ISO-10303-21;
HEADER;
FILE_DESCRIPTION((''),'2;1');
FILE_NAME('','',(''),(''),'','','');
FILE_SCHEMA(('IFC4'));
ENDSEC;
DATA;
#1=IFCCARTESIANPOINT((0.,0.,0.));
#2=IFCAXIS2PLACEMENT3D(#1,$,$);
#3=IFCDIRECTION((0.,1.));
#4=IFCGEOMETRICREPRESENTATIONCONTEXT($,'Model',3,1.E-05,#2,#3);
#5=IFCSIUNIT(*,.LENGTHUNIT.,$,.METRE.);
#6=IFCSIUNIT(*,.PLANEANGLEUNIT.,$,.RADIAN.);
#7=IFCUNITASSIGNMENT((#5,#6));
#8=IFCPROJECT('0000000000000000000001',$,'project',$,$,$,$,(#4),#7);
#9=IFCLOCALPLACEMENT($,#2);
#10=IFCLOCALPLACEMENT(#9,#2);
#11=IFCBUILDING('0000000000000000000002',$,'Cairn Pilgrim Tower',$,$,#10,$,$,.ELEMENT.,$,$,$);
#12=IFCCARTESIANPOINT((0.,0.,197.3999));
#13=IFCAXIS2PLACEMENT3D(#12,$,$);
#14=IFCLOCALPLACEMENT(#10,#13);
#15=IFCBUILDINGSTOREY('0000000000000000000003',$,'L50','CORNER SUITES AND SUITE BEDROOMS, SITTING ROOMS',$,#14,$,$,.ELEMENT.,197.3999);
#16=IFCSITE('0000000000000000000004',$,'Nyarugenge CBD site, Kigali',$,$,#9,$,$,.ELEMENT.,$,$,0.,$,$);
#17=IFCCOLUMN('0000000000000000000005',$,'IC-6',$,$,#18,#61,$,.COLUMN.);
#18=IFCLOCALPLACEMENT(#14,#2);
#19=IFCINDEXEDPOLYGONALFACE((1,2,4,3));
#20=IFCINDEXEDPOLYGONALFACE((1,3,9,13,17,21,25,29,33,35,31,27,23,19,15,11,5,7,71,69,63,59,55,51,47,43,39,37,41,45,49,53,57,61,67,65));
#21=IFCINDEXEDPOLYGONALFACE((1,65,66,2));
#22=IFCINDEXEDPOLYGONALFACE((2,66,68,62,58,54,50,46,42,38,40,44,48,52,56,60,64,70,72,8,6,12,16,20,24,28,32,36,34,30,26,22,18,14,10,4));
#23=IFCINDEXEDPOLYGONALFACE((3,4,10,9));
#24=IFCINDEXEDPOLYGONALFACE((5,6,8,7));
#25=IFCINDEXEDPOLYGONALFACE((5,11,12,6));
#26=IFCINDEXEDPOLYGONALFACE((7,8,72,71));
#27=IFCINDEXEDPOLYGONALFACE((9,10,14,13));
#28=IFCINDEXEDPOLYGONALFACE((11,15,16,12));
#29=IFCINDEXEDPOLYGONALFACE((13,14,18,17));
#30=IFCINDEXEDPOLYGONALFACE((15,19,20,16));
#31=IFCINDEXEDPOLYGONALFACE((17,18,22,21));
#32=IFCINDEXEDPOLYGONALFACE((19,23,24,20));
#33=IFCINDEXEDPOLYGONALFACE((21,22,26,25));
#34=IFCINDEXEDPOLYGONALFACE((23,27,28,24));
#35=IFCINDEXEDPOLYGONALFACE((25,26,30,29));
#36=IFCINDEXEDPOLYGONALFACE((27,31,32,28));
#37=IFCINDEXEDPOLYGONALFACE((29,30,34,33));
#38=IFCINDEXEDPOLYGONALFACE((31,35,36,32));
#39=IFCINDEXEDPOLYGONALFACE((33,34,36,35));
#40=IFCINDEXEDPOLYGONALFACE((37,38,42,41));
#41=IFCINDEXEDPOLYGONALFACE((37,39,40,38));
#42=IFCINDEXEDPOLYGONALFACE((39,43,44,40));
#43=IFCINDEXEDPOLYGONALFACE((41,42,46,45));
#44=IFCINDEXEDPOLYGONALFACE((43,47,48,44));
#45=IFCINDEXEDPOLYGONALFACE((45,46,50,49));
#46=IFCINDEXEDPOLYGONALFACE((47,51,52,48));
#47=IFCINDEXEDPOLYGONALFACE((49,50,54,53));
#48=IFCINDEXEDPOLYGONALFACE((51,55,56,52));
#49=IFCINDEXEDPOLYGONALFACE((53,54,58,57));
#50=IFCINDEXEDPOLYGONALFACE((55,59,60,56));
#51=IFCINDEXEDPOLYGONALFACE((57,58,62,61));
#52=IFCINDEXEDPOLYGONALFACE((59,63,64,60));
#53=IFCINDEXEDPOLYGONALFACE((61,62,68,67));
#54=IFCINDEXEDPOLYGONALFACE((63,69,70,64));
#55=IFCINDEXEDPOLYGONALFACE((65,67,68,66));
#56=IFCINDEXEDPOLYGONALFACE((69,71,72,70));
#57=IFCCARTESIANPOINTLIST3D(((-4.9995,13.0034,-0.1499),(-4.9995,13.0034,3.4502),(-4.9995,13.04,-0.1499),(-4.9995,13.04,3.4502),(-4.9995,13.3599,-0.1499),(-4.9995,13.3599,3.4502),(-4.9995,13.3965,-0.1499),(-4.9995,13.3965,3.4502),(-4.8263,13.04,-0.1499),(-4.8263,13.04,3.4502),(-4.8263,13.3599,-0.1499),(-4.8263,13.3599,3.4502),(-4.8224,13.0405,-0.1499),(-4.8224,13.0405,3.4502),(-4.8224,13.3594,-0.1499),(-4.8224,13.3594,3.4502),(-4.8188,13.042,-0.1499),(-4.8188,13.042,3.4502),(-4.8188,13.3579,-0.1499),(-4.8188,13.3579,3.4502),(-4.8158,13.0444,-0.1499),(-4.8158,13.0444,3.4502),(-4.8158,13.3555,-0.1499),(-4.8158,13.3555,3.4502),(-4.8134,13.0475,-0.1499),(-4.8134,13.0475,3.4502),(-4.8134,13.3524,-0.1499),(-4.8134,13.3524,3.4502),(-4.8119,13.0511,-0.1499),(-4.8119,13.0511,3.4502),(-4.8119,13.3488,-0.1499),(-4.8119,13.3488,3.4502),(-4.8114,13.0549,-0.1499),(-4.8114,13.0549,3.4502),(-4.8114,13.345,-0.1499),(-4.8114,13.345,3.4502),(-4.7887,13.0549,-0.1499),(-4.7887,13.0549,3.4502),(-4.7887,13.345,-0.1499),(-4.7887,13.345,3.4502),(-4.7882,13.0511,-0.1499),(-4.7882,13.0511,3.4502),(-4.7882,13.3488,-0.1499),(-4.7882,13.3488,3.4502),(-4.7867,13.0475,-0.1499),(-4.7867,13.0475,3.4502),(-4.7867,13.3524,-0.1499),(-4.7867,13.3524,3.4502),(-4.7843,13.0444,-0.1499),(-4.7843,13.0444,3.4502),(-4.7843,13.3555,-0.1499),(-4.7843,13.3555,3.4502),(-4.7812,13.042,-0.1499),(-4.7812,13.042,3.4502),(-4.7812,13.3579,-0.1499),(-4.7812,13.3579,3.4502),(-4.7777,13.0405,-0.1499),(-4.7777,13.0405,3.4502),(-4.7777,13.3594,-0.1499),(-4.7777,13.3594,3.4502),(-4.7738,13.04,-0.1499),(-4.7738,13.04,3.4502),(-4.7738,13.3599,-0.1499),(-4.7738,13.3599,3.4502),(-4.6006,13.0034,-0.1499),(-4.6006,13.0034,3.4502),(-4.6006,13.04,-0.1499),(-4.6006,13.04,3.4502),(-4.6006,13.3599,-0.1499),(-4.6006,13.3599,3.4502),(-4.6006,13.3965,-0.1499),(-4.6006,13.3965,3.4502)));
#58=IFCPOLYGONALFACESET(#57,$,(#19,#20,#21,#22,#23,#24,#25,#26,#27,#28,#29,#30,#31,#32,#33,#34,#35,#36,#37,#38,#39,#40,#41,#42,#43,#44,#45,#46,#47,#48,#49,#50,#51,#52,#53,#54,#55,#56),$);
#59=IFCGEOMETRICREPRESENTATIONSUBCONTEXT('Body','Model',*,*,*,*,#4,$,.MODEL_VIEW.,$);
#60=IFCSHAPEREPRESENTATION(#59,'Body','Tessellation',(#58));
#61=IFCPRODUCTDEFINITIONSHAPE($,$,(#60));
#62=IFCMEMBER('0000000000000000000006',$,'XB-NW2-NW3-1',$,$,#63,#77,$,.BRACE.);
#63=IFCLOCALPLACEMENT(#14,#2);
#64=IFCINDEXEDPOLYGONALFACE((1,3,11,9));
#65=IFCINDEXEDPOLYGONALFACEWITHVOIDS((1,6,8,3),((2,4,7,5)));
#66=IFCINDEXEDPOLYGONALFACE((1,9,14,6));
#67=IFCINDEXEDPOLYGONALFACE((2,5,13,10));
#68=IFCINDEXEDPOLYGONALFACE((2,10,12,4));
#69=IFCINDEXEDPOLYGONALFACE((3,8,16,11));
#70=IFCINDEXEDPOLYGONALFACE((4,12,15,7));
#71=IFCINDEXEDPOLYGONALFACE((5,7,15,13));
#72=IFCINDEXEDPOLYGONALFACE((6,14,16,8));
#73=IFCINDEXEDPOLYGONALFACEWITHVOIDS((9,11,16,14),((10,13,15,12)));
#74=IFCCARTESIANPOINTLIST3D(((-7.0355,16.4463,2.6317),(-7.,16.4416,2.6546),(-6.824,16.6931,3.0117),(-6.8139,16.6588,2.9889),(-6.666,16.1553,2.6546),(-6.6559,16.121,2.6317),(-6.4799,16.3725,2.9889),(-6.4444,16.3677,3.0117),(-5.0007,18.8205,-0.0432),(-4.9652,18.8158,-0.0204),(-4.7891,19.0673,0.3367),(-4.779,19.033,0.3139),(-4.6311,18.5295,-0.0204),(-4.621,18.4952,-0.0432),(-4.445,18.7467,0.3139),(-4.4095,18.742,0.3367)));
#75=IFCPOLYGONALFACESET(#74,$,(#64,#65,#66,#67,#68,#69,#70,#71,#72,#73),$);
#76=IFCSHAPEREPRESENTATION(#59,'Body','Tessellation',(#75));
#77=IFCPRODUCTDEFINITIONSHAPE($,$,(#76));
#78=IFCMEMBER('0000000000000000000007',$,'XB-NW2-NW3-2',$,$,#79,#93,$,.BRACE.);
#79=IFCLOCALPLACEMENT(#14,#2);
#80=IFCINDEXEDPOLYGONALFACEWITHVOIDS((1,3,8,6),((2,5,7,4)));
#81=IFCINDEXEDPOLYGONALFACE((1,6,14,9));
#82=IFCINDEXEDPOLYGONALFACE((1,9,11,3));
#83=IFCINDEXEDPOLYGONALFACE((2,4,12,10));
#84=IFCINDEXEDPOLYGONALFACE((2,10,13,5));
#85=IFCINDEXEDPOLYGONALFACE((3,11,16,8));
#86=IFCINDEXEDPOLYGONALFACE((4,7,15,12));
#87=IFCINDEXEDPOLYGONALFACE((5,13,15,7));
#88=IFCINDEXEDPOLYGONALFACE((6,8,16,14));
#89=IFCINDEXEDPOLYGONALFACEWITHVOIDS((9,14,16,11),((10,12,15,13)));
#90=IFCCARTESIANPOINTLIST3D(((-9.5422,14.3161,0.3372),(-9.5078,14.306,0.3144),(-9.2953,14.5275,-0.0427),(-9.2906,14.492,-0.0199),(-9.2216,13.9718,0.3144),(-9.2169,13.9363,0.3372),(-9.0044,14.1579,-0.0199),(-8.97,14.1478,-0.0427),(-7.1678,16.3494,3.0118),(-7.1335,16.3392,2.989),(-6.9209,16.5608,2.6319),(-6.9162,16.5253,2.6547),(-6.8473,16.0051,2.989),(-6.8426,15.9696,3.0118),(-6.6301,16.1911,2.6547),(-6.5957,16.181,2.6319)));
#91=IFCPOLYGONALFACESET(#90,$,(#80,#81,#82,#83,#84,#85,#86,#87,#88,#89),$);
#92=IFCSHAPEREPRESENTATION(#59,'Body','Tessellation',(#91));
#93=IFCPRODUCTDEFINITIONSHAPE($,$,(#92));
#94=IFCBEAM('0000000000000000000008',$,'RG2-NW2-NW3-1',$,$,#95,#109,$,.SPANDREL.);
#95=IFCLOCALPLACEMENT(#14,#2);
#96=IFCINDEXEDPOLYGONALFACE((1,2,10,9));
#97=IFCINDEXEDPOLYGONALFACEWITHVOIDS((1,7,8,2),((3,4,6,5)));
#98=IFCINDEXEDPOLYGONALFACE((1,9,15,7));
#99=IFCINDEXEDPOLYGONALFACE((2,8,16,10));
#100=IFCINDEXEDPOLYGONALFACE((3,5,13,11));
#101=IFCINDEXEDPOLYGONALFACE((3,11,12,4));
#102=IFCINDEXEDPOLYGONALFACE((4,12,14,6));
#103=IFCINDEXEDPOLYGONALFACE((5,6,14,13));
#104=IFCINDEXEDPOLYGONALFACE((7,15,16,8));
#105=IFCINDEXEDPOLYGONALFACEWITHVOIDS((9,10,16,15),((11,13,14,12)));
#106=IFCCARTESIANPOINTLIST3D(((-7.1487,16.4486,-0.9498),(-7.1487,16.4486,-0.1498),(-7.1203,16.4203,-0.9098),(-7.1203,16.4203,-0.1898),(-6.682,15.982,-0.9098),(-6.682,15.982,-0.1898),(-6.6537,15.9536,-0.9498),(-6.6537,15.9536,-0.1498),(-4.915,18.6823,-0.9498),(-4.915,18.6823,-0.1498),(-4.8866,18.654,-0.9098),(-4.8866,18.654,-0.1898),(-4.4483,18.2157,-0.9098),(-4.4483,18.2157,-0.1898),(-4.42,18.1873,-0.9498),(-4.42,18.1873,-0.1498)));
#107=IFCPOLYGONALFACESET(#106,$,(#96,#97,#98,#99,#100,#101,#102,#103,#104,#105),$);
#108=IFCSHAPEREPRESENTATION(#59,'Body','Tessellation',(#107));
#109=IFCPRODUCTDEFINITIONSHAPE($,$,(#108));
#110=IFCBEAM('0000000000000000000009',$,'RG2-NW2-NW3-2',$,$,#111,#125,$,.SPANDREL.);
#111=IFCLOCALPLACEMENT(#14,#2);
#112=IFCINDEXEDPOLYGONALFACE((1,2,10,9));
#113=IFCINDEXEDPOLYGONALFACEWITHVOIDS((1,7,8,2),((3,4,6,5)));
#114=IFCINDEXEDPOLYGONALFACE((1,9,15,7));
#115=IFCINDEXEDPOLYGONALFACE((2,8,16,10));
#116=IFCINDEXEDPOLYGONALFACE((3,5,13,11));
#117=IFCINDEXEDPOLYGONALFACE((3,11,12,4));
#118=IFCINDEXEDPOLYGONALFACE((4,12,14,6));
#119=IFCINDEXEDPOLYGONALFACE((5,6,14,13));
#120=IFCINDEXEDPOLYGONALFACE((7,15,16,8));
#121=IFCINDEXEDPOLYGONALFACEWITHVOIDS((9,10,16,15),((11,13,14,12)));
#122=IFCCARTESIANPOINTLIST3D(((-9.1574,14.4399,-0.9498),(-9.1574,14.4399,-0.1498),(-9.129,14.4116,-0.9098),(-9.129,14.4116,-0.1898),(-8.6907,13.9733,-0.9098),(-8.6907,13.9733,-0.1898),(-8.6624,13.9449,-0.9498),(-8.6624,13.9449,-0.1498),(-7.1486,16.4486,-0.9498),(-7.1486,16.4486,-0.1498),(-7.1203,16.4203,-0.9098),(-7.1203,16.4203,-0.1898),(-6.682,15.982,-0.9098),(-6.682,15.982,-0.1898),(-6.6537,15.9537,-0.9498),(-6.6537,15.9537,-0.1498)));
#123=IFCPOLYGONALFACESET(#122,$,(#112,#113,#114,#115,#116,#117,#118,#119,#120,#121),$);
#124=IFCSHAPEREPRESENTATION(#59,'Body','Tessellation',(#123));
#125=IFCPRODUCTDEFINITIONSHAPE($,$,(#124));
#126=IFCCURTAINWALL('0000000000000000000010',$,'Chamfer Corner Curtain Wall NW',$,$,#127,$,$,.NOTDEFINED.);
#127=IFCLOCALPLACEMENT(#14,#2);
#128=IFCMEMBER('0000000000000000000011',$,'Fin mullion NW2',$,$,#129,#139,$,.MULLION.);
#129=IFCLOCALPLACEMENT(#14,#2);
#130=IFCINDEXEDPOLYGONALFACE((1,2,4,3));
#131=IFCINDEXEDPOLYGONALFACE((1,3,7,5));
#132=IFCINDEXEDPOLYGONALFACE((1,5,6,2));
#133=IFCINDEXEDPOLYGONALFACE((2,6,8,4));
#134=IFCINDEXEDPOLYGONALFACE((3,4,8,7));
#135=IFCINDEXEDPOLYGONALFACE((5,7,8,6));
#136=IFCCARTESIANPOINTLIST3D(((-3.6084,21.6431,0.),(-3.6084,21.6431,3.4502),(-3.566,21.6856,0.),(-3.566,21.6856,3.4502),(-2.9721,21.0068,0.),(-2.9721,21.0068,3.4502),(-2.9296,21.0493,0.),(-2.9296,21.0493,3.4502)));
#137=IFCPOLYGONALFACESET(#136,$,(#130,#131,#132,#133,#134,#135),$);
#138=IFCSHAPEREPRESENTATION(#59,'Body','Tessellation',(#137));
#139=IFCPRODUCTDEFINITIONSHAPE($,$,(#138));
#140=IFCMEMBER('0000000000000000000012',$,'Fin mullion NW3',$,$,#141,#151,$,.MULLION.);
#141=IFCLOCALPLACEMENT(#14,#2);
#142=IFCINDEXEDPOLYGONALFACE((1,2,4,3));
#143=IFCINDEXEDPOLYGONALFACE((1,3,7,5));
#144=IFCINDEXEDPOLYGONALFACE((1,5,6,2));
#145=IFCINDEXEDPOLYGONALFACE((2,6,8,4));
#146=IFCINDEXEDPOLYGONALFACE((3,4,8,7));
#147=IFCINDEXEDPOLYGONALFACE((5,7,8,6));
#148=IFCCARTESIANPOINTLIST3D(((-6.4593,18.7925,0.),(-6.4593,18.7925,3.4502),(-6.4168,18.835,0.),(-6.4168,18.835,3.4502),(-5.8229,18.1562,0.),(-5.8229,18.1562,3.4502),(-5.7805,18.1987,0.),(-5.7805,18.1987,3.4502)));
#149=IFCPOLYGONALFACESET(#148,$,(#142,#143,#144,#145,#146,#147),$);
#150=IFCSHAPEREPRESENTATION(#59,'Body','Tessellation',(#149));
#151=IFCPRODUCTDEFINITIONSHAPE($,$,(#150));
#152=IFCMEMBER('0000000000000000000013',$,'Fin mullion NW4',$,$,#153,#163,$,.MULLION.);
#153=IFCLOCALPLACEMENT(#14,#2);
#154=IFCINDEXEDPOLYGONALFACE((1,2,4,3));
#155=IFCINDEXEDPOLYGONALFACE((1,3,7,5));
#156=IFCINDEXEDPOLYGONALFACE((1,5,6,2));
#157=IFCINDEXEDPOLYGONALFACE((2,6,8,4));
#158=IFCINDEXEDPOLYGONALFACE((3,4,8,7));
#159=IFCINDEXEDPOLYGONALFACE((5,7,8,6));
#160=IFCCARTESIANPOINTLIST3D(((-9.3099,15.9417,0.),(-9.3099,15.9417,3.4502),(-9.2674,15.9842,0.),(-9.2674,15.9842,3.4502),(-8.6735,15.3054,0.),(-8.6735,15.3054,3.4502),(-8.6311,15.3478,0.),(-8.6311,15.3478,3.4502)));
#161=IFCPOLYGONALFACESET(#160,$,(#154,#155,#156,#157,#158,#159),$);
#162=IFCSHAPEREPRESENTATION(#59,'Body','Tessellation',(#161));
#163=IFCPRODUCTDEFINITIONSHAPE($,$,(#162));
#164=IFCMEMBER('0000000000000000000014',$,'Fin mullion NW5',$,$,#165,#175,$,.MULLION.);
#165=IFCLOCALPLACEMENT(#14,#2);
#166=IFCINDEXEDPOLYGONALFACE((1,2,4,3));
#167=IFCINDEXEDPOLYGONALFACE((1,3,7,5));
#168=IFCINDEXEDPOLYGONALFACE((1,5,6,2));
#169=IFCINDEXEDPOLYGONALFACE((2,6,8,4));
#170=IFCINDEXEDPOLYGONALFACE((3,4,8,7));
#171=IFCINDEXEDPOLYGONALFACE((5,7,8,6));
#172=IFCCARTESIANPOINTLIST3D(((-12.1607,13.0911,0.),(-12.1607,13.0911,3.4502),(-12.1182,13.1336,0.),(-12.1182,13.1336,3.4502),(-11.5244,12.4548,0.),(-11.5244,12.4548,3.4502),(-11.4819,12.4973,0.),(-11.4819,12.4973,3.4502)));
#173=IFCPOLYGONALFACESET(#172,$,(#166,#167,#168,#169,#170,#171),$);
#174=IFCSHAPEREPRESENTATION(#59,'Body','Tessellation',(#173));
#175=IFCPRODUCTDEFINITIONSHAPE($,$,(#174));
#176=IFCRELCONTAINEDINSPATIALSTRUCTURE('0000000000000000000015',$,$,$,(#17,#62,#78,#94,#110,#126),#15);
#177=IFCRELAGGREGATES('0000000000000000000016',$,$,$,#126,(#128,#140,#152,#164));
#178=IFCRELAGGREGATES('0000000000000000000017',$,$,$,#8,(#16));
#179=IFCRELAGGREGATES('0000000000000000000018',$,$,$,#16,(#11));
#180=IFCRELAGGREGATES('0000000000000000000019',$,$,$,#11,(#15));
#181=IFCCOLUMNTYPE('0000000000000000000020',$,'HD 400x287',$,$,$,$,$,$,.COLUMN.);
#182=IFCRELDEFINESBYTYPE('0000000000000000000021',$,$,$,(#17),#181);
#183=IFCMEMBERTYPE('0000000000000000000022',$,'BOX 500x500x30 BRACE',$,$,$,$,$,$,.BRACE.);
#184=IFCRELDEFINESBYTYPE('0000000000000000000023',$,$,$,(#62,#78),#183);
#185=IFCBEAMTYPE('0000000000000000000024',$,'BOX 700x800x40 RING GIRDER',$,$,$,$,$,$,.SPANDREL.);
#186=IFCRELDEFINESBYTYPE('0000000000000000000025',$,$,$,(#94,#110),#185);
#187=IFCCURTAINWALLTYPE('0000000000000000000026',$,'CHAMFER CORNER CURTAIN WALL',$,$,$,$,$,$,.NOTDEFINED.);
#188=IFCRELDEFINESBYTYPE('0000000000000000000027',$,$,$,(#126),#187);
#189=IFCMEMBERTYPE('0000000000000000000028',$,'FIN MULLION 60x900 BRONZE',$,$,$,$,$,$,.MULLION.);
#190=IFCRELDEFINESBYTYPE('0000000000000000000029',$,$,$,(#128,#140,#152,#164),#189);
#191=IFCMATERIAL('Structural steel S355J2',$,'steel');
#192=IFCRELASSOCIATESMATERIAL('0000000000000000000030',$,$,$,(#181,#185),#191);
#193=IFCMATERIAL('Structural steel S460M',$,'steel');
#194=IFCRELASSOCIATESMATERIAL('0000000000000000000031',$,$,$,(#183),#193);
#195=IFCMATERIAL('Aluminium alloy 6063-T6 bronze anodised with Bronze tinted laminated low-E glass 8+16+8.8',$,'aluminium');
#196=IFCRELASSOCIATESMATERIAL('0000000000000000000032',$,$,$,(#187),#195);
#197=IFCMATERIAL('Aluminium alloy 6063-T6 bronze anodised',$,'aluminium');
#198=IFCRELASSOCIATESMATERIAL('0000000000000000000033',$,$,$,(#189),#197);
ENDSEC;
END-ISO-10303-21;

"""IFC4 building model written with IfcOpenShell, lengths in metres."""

from ifc_helpers import new_model, si_unit, direction, frame, origin, origin_2d, place, context, subcontext, project, spatial, rectangle, hollow_rectangle, i_section, extrude, material, material_profile, profile_set, type_object, element, aggregate, save


model = new_model("IFC4")

# Units and contexts
model_context = context("Model", 3, precision=1e-05, world=origin(), true_north=direction((0.0, 1.0)))
body_context = subcontext(model_context, "Body", "Model", "MODEL_VIEW")
ifc_project = project(units=[si_unit("LENGTHUNIT", "METRE"), si_unit("PLANEANGLEUNIT", "RADIAN")], contexts=[model_context])

# Site, building, storey
site_placement = place(None, origin())
site = spatial("IfcSite", under=ifc_project, at=site_placement, Name="Nyarugenge CBD site, Kigali", CompositionType="ELEMENT", RefElevation=0.0)
building_placement = place(site_placement, origin())
building = spatial("IfcBuilding", under=site, at=building_placement, Name="Cairn Pilgrim Tower", CompositionType="ELEMENT")
storey_placement = place(building_placement, frame((0.0, 0.0, 197.3999)))
storey = spatial("IfcBuildingStorey", under=building, at=storey_placement, Name="L50", Description="CORNER SUITES AND SUITE BEDROOMS, SITTING ROOMS", CompositionType="ELEMENT", Elevation=197.3999)

# Column
ifc_material_1 = material(Name="Structural steel S460M", Category="steel")
ifc_material_2 = material(Name="Structural steel S355J2", Category="steel")
ifc_material_profile_1 = material_profile(ifc_material_2, i_section(OverallWidth=0.3989, OverallDepth=0.3931, WebThickness=0.0227, FlangeThickness=0.0366, FilletRadius=0.0149, at=origin_2d()), Name="HD 400x287")
ifc_profile_set_1 = profile_set([ifc_material_profile_1], Name="Structural steel S355J2")
column_type_1 = type_object("IfcColumnType", Name="HD 400x287", PredefinedType="COLUMN", material=ifc_profile_set_1)
column_1_placement = place(storey_placement, frame((-4.8, 13.2, -0.1499), z_axis=(0.0, 0.0, 1.0), x_axis=(1.0, 0.0, 0.0)))
element("IfcColumn", 1, at=column_1_placement, inside=storey, type_object=column_type_1, Name="IC-6", PredefinedType="COLUMN", context=body_context, shape_type="SweptSolid", body=[
    extrude(i_section(OverallWidth=0.3989, OverallDepth=0.3931, WebThickness=0.0227, FlangeThickness=0.0366, FilletRadius=0.0149, at=origin_2d()), origin(), (0.0, 0.0, 1.0), 3.6001),
])

# Members
ifc_material_profile_2 = material_profile(ifc_material_1, hollow_rectangle(XDim=0.5, YDim=0.5, WallThickness=0.03, at=origin_2d()), Name="BOX 500x500x30")
ifc_profile_set_2 = profile_set([ifc_material_profile_2], Name="Structural steel S460M")
member_type_1 = type_object("IfcMemberType", Name="BOX 500x500x30 BRACE", PredefinedType="BRACE", material=ifc_profile_set_2)
member_1_placement = place(storey_placement, frame((-4.7051, 18.7812, 0.1467), z_axis=(-0.494501, -0.576967, 0.65006), x_axis=(0.759284, -0.650759, 0.0)))
element("IfcMember", 2, at=member_1_placement, inside=storey, type_object=member_type_1, Name="XB-NW2-NW3-1", PredefinedType="BRACE", context=body_context, shape_type="SweptSolid", body=[
    extrude(hollow_rectangle(XDim=0.5, YDim=0.5, WallThickness=0.03, at=origin_2d()), origin(), (0.0, 0.0, 1.0), 4.115),
])
member_2_placement = place(storey_placement, frame((-9.2561, 14.2319, 0.1472), z_axis=(0.57713, 0.494225, 0.650125), x_axis=(-0.650444, 0.759554, 0.0)))
element("IfcMember", 3, at=member_2_placement, inside=storey, type_object=member_type_1, Name="XB-NW2-NW3-2", PredefinedType="BRACE", context=body_context, shape_type="SweptSolid", body=[
    extrude(hollow_rectangle(XDim=0.5, YDim=0.5, WallThickness=0.03, at=origin_2d()), origin(), (0.0, 0.0, 1.0), 4.114),
])

# Beams
ifc_material_profile_3 = material_profile(ifc_material_2, hollow_rectangle(XDim=0.7, YDim=0.8, WallThickness=0.04, at=origin_2d()), Name="BOX 700x800x40")
ifc_profile_set_3 = profile_set([ifc_material_profile_3], Name="Structural steel S355J2")
beam_type_1 = type_object("IfcBeamType", Name="BOX 700x800x40 RING GIRDER", PredefinedType="SPANDREL", material=ifc_profile_set_3)
beam_1_placement = place(storey_placement, frame((-4.6675, 18.4348, -0.5498), z_axis=(-0.707107, -0.707107, 0.0), x_axis=(0.707107, -0.707107, 0.0)))
element("IfcBeam", 4, at=beam_1_placement, inside=storey, type_object=beam_type_1, Name="RG2-NW2-NW3-1", PredefinedType="SPANDREL", context=body_context, shape_type="SweptSolid", body=[
    extrude(hollow_rectangle(XDim=0.7, YDim=0.8, WallThickness=0.04, at=origin_2d()), origin(), (0.0, 0.0, 1.0), 3.1589),
])
beam_2_placement = place(storey_placement, frame((-6.9011, 16.2012, -0.5498), z_axis=(-0.707107, -0.707107, 0.0), x_axis=(0.707107, -0.707107, 0.0)))
element("IfcBeam", 5, at=beam_2_placement, inside=storey, type_object=beam_type_1, Name="RG2-NW2-NW3-2", PredefinedType="SPANDREL", context=body_context, shape_type="SweptSolid", body=[
    extrude(hollow_rectangle(XDim=0.7, YDim=0.8, WallThickness=0.04, at=origin_2d()), origin(), (0.0, 0.0, 1.0), 2.8408),
])

# Curtain wall, members
ifc_material_3 = material(Name="Aluminium alloy 6063-T6 bronze anodised with Bronze tinted laminated low-E glass 8+16+8.8", Category="aluminium")
curtain_wall_type = type_object("IfcCurtainWallType", Name="CHAMFER CORNER CURTAIN WALL", PredefinedType="NOTDEFINED", material=ifc_material_3)
curtain_wall_placement = place(storey_placement, origin())
curtain_wall = element("IfcCurtainWall", 6, at=curtain_wall_placement, inside=storey, type_object=curtain_wall_type, Name="Chamfer Corner Curtain Wall NW", PredefinedType="NOTDEFINED")
ifc_material_4 = material(Name="Aluminium alloy 6063-T6 bronze anodised", Category="aluminium")
ifc_material_profile_4 = material_profile(ifc_material_4, rectangle(XDim=0.8999, YDim=0.0601, at=origin_2d()), Name="FIN MULLION 60x900 BRONZE")
ifc_profile_set_4 = profile_set([ifc_material_profile_4], Name="Aluminium alloy 6063-T6 bronze anodised")
member_type_2 = type_object("IfcMemberType", Name="FIN MULLION 60x900 BRONZE", PredefinedType="MULLION", material=ifc_profile_set_4)
member_3_placement = place(storey_placement, frame((-3.269, 21.3462, 0.0), z_axis=(0.0, 0.0, 1.0), x_axis=(-0.707107, 0.707107, 0.0)))
member_3 = element("IfcMember", 7, at=member_3_placement, type_object=member_type_2, Name="Fin mullion NW2", PredefinedType="MULLION", context=body_context, shape_type="SweptSolid", body=[
    extrude(rectangle(XDim=0.8999, YDim=0.0601, at=origin_2d()), origin(), (0.0, 0.0, 1.0), 3.4502),
])
member_4_placement = place(storey_placement, frame((-6.1199, 18.4956, 0.0), z_axis=(0.0, 0.0, 1.0), x_axis=(-0.707107, 0.707107, 0.0)))
member_4 = element("IfcMember", 8, at=member_4_placement, type_object=member_type_2, Name="Fin mullion NW3", PredefinedType="MULLION", context=body_context, shape_type="SweptSolid", body=[
    extrude(rectangle(XDim=0.8999, YDim=0.0601, at=origin_2d()), origin(), (0.0, 0.0, 1.0), 3.4502),
])
member_5_placement = place(storey_placement, frame((-8.9705, 15.6448, 0.0), z_axis=(0.0, 0.0, 1.0), x_axis=(-0.707107, 0.707107, 0.0)))
member_5 = element("IfcMember", 9, at=member_5_placement, type_object=member_type_2, Name="Fin mullion NW4", PredefinedType="MULLION", context=body_context, shape_type="SweptSolid", body=[
    extrude(rectangle(XDim=0.8999, YDim=0.0601, at=origin_2d()), origin(), (0.0, 0.0, 1.0), 3.4502),
])
member_6_placement = place(storey_placement, frame((-11.8213, 12.7942, 0.0), z_axis=(0.0, 0.0, 1.0), x_axis=(-0.707107, 0.707107, 0.0)))
member_6 = element("IfcMember", 10, at=member_6_placement, type_object=member_type_2, Name="Fin mullion NW5", PredefinedType="MULLION", context=body_context, shape_type="SweptSolid", body=[
    extrude(rectangle(XDim=0.8999, YDim=0.0601, at=origin_2d()), origin(), (0.0, 0.0, 1.0), 3.4502),
])

aggregate(curtain_wall, [member_3, member_4, member_5, member_6])

save(model, "model.ifc")
